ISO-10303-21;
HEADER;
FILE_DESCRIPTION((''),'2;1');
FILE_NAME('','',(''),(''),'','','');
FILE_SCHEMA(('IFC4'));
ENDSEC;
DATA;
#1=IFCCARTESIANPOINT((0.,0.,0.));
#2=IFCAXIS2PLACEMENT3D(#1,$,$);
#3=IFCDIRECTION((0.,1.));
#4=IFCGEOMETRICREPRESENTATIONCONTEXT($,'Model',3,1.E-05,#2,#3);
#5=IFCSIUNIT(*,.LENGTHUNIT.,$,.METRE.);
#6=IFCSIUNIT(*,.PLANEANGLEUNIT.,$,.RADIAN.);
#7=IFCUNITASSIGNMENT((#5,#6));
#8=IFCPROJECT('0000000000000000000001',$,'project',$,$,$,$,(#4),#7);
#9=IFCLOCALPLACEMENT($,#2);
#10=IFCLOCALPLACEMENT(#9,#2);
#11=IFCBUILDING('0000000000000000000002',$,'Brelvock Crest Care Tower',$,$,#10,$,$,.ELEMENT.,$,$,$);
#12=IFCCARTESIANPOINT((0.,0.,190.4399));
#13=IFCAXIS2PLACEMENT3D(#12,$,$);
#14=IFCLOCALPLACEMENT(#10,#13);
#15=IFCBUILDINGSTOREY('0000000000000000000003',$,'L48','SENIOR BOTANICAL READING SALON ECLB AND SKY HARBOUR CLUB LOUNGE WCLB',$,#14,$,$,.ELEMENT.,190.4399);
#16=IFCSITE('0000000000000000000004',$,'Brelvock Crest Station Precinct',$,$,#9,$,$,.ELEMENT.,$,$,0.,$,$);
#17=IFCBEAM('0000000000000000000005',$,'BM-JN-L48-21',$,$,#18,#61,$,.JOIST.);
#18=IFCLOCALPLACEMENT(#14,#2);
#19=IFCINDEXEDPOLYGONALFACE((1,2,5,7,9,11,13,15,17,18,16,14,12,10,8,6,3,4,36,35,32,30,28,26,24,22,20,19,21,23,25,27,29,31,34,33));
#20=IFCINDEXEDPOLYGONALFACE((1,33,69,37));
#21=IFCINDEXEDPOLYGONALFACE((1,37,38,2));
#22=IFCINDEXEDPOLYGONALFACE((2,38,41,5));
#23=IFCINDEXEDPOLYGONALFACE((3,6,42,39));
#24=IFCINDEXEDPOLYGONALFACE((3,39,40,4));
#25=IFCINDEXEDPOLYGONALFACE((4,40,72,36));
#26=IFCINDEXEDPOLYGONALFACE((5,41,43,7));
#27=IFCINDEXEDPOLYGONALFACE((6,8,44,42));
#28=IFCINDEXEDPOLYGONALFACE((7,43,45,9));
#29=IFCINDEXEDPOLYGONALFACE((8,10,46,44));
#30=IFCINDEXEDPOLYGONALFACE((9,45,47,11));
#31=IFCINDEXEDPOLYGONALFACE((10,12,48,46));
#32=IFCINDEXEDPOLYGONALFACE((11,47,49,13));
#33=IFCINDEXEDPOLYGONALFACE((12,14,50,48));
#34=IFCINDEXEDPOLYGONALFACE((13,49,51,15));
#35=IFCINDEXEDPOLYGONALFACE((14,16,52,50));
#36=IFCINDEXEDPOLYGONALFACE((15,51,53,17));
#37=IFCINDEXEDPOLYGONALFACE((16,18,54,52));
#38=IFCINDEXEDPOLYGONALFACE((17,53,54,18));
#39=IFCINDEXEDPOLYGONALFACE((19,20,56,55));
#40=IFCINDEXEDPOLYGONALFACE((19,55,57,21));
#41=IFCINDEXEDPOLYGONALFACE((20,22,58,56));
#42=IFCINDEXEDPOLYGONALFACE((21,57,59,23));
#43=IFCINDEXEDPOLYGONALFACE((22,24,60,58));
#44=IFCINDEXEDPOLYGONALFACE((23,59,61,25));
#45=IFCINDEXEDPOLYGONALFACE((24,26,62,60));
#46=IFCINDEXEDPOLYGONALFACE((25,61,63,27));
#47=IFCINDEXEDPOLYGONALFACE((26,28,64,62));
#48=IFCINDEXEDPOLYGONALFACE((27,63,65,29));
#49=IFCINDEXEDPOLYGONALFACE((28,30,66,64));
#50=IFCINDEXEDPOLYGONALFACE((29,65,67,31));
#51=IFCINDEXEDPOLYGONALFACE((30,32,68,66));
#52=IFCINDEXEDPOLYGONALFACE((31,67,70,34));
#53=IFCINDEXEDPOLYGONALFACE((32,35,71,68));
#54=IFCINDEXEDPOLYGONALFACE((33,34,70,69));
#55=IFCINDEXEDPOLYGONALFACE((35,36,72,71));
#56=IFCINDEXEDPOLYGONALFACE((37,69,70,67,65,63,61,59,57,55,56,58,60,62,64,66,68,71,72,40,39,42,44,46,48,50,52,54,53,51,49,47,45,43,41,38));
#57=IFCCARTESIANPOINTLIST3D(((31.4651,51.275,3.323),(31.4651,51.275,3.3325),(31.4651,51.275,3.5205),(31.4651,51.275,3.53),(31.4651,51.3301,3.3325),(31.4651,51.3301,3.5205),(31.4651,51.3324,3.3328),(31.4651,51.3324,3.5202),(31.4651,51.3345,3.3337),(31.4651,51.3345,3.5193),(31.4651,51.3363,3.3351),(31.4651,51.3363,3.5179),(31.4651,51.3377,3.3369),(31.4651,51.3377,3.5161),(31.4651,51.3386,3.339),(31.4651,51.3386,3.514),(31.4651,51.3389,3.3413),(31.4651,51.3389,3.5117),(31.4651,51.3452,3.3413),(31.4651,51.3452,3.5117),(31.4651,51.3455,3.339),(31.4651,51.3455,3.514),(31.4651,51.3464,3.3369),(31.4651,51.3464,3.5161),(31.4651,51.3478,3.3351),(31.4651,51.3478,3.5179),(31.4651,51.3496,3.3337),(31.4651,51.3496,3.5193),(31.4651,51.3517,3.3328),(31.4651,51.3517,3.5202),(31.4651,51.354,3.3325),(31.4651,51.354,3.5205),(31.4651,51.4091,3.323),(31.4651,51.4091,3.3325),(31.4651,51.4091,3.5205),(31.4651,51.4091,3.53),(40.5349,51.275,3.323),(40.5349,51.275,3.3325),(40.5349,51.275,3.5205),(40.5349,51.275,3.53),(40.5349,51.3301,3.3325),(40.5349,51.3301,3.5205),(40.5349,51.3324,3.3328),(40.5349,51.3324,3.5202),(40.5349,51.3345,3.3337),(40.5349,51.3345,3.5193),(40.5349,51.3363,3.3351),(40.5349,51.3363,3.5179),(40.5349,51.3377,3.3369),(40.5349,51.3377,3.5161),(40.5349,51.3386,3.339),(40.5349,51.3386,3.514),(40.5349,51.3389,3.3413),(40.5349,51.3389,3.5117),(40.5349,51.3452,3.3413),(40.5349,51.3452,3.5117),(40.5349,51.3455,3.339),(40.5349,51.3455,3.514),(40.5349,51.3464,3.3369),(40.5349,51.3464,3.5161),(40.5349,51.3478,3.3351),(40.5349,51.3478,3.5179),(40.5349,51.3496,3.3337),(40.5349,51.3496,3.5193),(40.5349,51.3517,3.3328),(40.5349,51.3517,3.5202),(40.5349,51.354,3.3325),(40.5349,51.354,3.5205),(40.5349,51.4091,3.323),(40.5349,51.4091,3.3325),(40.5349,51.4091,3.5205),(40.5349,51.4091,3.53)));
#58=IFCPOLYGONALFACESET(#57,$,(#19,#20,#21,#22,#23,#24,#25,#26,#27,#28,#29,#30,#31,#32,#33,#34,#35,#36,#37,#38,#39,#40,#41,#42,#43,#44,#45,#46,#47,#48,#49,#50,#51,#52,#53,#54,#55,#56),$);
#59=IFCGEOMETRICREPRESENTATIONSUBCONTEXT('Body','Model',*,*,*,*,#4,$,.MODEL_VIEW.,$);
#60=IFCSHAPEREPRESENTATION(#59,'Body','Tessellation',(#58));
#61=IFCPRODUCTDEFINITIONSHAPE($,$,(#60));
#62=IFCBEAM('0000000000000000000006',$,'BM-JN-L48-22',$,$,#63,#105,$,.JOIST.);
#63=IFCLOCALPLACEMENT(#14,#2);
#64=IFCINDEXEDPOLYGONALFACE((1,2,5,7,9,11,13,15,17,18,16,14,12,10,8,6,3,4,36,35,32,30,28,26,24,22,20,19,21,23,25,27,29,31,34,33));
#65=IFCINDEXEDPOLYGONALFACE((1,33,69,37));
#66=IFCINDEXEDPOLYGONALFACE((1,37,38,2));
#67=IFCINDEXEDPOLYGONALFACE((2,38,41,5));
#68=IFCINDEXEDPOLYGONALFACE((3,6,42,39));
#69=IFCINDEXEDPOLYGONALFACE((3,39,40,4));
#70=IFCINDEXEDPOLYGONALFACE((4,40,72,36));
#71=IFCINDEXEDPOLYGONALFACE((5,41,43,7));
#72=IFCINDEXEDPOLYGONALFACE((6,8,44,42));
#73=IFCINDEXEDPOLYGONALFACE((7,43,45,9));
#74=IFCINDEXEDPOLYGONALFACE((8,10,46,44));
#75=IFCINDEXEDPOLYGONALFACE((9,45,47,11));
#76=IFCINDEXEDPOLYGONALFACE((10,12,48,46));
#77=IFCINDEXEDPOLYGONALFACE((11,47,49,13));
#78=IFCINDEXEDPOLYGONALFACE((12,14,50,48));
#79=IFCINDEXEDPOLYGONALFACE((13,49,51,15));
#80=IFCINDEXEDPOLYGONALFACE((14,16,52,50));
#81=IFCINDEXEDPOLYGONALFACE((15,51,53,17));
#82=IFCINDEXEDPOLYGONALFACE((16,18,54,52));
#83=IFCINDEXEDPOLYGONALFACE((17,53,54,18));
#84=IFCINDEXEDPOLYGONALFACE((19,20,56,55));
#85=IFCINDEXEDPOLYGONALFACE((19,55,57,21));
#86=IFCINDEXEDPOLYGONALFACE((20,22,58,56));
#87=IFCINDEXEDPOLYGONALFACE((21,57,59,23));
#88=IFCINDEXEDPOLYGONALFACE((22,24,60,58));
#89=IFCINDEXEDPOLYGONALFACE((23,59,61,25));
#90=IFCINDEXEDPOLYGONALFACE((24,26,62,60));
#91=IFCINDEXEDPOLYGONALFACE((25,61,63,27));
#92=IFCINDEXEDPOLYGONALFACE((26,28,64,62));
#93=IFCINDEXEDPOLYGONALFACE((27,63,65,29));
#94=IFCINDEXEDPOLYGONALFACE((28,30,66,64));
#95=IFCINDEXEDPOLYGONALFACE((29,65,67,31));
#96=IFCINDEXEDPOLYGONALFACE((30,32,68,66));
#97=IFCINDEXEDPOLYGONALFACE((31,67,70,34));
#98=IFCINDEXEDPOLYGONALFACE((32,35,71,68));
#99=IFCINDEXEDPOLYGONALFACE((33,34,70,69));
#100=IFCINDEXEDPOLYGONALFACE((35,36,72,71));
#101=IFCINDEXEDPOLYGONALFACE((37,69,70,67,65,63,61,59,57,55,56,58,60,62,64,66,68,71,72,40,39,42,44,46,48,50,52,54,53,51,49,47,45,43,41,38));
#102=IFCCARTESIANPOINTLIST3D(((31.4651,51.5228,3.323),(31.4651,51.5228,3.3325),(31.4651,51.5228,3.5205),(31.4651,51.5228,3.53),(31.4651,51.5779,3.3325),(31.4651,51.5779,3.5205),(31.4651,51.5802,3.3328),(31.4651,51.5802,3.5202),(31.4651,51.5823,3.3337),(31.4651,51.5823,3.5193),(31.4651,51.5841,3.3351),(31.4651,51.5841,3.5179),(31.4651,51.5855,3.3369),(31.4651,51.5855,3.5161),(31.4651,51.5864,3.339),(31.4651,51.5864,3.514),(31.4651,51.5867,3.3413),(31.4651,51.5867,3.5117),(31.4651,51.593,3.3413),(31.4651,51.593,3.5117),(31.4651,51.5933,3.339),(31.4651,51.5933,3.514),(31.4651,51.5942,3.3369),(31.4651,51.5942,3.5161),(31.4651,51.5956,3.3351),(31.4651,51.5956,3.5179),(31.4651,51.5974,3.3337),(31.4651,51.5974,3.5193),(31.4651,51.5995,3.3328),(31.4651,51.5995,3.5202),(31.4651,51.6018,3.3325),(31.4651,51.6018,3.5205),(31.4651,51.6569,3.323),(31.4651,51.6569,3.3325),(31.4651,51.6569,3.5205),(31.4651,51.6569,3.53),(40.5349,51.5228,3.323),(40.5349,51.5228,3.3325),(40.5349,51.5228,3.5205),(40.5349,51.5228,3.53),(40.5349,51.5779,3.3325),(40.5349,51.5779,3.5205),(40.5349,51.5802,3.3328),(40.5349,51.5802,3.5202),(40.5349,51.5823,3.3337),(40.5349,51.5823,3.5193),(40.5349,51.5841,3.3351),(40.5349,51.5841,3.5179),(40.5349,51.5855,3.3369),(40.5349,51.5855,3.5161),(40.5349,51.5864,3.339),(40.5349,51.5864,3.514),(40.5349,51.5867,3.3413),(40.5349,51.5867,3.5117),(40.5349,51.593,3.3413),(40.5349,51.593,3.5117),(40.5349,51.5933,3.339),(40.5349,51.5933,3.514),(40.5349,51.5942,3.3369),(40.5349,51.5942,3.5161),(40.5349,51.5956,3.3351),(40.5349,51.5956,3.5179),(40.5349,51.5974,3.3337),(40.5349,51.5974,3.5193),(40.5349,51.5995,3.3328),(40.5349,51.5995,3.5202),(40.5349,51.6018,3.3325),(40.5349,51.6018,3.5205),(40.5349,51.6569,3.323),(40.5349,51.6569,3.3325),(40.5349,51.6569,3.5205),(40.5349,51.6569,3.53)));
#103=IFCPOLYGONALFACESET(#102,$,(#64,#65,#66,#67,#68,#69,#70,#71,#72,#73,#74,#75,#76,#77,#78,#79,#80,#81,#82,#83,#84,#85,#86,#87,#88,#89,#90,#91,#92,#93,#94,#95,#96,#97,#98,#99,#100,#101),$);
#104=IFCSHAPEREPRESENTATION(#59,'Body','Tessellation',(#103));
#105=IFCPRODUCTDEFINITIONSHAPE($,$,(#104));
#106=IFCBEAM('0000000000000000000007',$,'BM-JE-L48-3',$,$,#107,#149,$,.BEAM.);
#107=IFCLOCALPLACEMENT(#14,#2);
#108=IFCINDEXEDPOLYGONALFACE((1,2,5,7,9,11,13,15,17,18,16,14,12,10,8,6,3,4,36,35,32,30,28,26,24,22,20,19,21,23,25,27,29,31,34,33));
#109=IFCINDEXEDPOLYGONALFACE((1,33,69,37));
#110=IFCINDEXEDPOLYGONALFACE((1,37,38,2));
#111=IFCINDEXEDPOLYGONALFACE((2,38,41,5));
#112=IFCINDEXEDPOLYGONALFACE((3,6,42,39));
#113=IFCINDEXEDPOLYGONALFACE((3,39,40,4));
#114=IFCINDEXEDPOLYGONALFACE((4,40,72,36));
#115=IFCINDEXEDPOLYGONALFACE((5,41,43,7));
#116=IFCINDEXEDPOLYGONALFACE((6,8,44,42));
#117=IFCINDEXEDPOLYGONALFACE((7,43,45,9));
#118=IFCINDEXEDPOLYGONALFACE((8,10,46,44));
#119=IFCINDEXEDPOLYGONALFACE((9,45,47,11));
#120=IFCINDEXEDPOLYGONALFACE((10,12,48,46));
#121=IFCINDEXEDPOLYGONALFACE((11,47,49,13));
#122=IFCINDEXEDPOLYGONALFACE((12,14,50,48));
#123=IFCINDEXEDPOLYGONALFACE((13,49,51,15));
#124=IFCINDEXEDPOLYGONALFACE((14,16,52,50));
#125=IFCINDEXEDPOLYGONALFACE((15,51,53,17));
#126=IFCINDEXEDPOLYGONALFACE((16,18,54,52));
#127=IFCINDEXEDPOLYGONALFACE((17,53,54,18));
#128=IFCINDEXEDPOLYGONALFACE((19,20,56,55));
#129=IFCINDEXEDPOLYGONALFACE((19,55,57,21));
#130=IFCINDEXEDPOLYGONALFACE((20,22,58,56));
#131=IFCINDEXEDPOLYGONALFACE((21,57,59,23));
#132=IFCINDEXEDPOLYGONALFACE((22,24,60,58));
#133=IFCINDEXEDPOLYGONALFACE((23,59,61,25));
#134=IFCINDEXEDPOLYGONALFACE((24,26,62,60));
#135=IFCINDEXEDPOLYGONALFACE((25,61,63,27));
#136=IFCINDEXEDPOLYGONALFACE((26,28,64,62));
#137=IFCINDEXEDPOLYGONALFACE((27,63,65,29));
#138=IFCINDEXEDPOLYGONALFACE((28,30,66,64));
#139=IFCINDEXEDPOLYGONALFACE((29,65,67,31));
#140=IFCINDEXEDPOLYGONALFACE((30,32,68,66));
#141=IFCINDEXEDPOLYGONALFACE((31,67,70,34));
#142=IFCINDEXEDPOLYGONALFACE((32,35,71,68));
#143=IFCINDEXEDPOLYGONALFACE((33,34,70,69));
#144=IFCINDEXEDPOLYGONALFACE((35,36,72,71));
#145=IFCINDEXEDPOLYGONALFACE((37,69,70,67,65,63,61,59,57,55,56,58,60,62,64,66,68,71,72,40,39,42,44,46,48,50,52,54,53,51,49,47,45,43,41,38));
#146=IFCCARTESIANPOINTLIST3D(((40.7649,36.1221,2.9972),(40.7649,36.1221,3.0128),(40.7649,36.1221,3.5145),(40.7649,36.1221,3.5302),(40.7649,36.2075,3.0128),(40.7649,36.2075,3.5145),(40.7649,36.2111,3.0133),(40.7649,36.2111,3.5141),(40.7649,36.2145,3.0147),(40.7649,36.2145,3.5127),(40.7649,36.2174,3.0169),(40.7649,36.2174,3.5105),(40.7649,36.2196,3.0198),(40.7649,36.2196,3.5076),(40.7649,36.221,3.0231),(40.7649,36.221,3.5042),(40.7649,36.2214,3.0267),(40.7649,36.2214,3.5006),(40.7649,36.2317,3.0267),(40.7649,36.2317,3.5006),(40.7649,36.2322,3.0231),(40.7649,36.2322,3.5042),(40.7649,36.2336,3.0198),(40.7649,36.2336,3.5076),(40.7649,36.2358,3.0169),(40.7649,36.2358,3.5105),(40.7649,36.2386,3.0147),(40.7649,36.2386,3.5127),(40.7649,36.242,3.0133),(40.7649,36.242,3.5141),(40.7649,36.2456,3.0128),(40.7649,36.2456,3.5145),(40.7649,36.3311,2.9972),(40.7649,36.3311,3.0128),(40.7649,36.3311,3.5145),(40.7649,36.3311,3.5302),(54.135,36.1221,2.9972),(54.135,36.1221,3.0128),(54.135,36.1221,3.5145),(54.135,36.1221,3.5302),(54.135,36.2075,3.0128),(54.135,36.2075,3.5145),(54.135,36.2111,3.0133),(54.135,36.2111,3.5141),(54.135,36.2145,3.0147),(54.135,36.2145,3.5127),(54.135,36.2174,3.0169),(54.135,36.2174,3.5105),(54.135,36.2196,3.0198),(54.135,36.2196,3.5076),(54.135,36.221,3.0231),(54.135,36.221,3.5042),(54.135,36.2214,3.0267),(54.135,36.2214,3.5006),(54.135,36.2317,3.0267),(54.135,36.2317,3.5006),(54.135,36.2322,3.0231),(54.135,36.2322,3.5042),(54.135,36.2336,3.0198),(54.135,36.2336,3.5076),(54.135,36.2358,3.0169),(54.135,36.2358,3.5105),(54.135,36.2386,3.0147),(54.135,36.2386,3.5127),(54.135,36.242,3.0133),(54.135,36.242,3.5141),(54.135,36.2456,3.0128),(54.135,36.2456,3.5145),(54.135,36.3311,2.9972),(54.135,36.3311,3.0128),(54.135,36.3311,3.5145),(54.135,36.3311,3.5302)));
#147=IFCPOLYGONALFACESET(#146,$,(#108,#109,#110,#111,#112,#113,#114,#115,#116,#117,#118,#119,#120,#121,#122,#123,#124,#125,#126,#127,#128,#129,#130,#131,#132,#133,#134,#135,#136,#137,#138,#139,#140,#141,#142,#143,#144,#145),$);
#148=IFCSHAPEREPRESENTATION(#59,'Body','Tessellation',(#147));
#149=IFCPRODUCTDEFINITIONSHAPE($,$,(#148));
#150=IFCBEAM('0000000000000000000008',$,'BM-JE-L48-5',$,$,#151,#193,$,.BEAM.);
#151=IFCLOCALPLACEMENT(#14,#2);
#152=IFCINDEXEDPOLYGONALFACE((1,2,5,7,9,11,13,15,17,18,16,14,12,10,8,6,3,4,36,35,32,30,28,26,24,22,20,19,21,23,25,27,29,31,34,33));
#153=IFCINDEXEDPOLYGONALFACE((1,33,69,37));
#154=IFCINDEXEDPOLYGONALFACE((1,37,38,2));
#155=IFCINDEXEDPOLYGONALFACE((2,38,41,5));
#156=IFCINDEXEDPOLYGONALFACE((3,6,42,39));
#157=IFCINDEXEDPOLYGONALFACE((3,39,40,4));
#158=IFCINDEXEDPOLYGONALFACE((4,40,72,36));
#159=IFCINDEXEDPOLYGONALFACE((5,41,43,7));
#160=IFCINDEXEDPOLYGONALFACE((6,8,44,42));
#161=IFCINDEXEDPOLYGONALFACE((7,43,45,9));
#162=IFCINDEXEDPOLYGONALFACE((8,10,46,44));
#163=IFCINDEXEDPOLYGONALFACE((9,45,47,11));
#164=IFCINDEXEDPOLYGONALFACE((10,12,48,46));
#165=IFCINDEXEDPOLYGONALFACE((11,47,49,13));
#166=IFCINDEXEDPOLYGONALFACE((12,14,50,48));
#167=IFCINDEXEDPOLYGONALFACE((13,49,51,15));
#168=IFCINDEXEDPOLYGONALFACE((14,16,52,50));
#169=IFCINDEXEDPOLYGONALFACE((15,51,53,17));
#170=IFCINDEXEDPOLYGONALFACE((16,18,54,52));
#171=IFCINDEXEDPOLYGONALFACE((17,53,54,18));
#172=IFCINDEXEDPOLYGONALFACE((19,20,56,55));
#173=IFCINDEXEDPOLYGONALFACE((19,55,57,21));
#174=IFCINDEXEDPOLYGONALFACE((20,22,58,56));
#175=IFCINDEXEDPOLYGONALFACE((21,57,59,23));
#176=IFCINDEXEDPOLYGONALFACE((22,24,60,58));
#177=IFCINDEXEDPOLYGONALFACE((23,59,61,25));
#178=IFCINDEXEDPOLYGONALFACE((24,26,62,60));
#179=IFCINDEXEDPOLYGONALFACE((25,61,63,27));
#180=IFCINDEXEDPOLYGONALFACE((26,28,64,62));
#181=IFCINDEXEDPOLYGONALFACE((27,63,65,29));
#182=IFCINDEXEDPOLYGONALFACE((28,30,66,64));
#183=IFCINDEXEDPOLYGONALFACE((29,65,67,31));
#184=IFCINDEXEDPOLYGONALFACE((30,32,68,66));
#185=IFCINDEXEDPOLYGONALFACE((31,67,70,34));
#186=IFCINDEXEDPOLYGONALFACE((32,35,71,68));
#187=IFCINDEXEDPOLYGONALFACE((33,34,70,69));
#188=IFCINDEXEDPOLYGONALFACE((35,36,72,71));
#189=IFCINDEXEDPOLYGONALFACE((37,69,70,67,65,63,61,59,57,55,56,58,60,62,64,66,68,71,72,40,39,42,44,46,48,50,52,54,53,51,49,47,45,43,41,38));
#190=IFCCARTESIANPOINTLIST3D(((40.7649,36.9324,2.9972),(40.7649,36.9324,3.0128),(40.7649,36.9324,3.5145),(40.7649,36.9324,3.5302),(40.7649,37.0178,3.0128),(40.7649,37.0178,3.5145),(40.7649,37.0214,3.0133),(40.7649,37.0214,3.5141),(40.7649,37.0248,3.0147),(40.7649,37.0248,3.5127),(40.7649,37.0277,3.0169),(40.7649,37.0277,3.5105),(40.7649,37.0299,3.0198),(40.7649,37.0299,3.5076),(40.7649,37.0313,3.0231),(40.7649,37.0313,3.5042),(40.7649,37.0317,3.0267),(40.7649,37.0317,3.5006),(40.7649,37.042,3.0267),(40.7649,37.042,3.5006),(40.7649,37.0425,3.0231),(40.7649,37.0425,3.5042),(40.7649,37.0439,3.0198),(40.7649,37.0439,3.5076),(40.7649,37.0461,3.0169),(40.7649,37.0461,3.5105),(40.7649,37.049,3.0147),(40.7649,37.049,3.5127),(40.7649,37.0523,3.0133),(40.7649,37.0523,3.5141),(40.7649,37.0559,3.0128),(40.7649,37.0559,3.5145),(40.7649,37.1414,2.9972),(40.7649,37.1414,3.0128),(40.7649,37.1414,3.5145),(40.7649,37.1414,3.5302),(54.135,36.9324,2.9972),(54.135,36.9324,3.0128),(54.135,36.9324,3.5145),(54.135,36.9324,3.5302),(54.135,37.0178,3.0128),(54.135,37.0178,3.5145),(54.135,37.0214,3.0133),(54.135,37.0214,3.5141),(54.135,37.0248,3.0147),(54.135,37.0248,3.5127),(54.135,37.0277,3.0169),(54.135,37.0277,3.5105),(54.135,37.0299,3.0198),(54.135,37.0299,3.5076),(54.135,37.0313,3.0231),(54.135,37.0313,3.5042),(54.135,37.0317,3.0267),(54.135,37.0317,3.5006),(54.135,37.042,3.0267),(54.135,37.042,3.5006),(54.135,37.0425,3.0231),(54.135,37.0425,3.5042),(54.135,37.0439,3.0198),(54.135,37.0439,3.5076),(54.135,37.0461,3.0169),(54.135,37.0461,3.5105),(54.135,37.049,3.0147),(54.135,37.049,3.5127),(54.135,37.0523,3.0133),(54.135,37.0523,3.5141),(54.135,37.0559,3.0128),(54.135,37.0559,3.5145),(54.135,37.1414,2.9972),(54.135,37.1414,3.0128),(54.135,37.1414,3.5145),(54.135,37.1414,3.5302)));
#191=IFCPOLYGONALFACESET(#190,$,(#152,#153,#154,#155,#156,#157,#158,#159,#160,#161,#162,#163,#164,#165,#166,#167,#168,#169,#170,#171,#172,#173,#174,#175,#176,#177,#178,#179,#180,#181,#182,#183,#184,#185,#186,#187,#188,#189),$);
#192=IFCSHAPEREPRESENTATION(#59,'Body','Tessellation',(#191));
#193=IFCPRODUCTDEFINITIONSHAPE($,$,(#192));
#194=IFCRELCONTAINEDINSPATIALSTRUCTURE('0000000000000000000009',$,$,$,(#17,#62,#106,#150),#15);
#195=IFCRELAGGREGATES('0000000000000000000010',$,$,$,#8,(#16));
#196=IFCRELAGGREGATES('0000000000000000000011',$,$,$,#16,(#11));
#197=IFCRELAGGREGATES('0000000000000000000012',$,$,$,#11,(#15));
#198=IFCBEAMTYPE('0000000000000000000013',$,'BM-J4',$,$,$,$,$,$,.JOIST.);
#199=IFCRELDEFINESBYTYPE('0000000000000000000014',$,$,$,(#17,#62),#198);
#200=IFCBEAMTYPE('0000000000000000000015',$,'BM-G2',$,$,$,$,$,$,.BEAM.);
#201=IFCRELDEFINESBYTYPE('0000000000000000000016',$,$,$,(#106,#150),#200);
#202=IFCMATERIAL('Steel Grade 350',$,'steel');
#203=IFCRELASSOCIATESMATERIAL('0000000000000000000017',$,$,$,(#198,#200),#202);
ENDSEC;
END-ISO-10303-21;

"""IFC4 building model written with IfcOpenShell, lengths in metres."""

from ifc_helpers import new_model, si_unit, direction, frame, origin, origin_2d, place, context, subcontext, project, spatial, i_section, extrude, source, transform, mapped, material, material_profile, profile_set, type_object, element, save


model = new_model("IFC4")

# Units and contexts
model_context = context("Model", 3, precision=1e-05, world=origin(), true_north=direction((0.0, 1.0)))
body_context = subcontext(model_context, "Body", "Model", "MODEL_VIEW")
ifc_project = project(units=[si_unit("LENGTHUNIT", "METRE"), si_unit("PLANEANGLEUNIT", "RADIAN")], contexts=[model_context])

# Site, building, storey
site_placement = place(None, origin())
site = spatial("IfcSite", under=ifc_project, at=site_placement, Name="Brelvock Crest Station Precinct", CompositionType="ELEMENT", RefElevation=0.0)
building_placement = place(site_placement, origin())
building = spatial("IfcBuilding", under=site, at=building_placement, Name="Brelvock Crest Care Tower", CompositionType="ELEMENT")
storey_placement = place(building_placement, frame((0.0, 0.0, 190.4399)))
storey = spatial("IfcBuildingStorey", under=building, at=storey_placement, Name="L48", Description="SENIOR BOTANICAL READING SALON ECLB AND SKY HARBOUR CLUB LOUNGE WCLB", CompositionType="ELEMENT", Elevation=190.4399)

# Beams
ifc_material_1 = material(Name="Steel Grade 350", Category="steel")
ifc_material_profile_1 = material_profile(ifc_material_1, i_section(OverallWidth=0.134, OverallDepth=0.207, WebThickness=0.0063, FlangeThickness=0.0095, FilletRadius=0.0088, at=origin_2d()), Name="200UB29.8")
ifc_profile_set_1 = profile_set([ifc_material_profile_1], Name="Steel Grade 350")
beam_type_1 = type_object("IfcBeamType", Name="BM-J4", PredefinedType="JOIST", material=ifc_profile_set_1)
shared_shape_1 = source(origin(), body_context, "Body", "SweptSolid", [
    extrude(i_section(OverallWidth=0.134, OverallDepth=0.207, WebThickness=0.0063, FlangeThickness=0.0095, FilletRadius=0.0088, at=origin_2d()), origin(), (0.0, 0.0, 1.0), 9.0698),
])
for number, where, z_axis, x_axis, name in (
    (1, (31.4651, 51.342, 3.4265), (1.0, 0.0, 0.0), (0.0, 1.0, 0.0), "BM-JN-L48-21"),
    (2, (31.4651, 51.5898, 3.4265), (1.0, 0.0, 0.0), (0.0, 1.0, 0.0), "BM-JN-L48-22"),
):
    element("IfcBeam", number, at=place(storey_placement, frame(where, z_axis=z_axis, x_axis=x_axis)), inside=storey, type_object=beam_type_1, Name=name, PredefinedType="JOIST", context=body_context, shape_type="MappedRepresentation", body=[
        mapped(shared_shape_1, transform((0.0, 0.0, 0.0), x_axis=(1.0, 0.0, 0.0), y_axis=(0.0, 1.0, 0.0), z_axis=(0.0, 0.0, 1.0), scale=1.0)),
    ])
ifc_material_profile_2 = material_profile(ifc_material_1, i_section(OverallWidth=0.209, OverallDepth=0.533, WebThickness=0.0103, FlangeThickness=0.0156, FilletRadius=0.0139, at=origin_2d()), Name="530UB92.4")
ifc_profile_set_2 = profile_set([ifc_material_profile_2], Name="Steel Grade 350")
beam_type_2 = type_object("IfcBeamType", Name="BM-G2", PredefinedType="BEAM", material=ifc_profile_set_2)
shared_shape_2 = source(origin(), body_context, "Body", "SweptSolid", [
    extrude(i_section(OverallWidth=0.209, OverallDepth=0.533, WebThickness=0.0103, FlangeThickness=0.0156, FilletRadius=0.0139, at=origin_2d()), origin(), (0.0, 0.0, 1.0), 13.3701),
])
for number, where, z_axis, x_axis, name in (
    (3, (40.7649, 36.2266, 3.2637), (1.0, 0.0, 0.0), (0.0, 1.0, 0.0), "BM-JE-L48-3"),
    (4, (40.7649, 37.0369, 3.2637), (1.0, 0.0, 0.0), (0.0, 1.0, 0.0), "BM-JE-L48-5"),
):
    element("IfcBeam", number, at=place(storey_placement, frame(where, z_axis=z_axis, x_axis=x_axis)), inside=storey, type_object=beam_type_2, Name=name, PredefinedType="BEAM", context=body_context, shape_type="MappedRepresentation", body=[
        mapped(shared_shape_2, transform((0.0, 0.0, 0.0), x_axis=(1.0, 0.0, 0.0), y_axis=(0.0, 1.0, 0.0), z_axis=(0.0, 0.0, 1.0), scale=1.0)),
    ])

save(model, "model.ifc")
